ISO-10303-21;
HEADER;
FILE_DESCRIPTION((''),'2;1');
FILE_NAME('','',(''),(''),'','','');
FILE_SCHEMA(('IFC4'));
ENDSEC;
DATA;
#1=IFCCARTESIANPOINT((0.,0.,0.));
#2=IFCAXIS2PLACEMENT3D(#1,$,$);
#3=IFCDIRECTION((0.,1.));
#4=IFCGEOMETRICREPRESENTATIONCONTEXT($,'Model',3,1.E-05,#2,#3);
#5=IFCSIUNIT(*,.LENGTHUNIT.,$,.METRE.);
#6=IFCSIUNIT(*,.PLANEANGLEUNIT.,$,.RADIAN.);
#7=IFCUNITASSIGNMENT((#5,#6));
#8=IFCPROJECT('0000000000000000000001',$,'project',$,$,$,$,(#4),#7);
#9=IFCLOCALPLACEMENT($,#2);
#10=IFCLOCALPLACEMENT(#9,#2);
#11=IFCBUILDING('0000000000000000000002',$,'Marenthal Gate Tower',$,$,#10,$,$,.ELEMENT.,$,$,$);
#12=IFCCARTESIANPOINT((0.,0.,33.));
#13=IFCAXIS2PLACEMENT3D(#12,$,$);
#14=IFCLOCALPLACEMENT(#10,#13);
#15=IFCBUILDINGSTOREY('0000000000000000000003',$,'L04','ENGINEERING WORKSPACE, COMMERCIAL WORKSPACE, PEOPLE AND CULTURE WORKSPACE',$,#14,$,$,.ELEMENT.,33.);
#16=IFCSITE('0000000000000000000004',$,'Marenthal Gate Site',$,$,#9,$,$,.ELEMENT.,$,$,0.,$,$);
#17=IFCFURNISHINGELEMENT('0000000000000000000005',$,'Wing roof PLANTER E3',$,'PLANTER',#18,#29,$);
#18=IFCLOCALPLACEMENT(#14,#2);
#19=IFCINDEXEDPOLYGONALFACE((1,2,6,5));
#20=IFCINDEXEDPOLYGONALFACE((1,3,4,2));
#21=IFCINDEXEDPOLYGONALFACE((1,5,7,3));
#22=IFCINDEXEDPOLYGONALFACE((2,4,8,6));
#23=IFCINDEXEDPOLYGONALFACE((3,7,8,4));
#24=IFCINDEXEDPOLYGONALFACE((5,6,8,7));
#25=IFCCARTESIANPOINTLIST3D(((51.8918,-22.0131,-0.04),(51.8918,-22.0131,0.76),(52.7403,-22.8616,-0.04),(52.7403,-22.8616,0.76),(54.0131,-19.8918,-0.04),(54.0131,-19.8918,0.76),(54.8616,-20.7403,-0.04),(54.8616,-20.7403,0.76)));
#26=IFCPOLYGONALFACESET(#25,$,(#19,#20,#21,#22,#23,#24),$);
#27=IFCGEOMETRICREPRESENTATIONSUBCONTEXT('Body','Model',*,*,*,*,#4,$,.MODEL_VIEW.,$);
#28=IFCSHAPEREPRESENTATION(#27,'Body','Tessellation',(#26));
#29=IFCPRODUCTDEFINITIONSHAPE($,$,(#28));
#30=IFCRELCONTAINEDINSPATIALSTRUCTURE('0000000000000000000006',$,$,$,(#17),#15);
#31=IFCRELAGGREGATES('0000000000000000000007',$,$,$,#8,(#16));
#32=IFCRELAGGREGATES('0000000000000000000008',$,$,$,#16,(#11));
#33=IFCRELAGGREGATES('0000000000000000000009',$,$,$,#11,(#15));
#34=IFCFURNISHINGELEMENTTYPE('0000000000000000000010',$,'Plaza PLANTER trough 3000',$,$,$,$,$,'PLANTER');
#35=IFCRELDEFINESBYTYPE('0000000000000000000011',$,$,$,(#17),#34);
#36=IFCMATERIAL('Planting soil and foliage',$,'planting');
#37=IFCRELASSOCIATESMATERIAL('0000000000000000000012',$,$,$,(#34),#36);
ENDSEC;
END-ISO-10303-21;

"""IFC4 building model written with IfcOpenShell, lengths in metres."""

from ifc_helpers import new_model, si_unit, direction, frame, origin, origin_2d, place, context, subcontext, project, spatial, rectangle, extrude, material, type_object, element, save


model = new_model("IFC4")

# Units and contexts
model_context = context("Model", 3, precision=1e-05, world=origin(), true_north=direction((0.0, 1.0)))
body_context = subcontext(model_context, "Body", "Model", "MODEL_VIEW")
ifc_project = project(units=[si_unit("LENGTHUNIT", "METRE"), si_unit("PLANEANGLEUNIT", "RADIAN")], contexts=[model_context])

# Site, building, storey
site_placement = place(None, origin())
site = spatial("IfcSite", under=ifc_project, at=site_placement, Name="Marenthal Gate Site", CompositionType="ELEMENT", RefElevation=0.0)
building_placement = place(site_placement, origin())
building = spatial("IfcBuilding", under=site, at=building_placement, Name="Marenthal Gate Tower", CompositionType="ELEMENT")
storey_placement = place(building_placement, frame((0.0, 0.0, 33.0)))
storey = spatial("IfcBuildingStorey", under=building, at=storey_placement, Name="L04", Description="ENGINEERING WORKSPACE, COMMERCIAL WORKSPACE, PEOPLE AND CULTURE WORKSPACE", CompositionType="ELEMENT", Elevation=33.0)

# Furnishing element
ifc_material_1 = material(Name="Planting soil and foliage", Category="planting")
furnishing_element_type = type_object("IfcFurnishingElementType", Name="Plaza PLANTER trough 3000", ElementType="PLANTER", material=ifc_material_1)
furnishing_placement = place(storey_placement, frame((53.3767, -21.3767, -0.04), z_axis=(0.0, 0.0, 1.0), x_axis=(-0.707107, -0.707107, 0.0)))
element("IfcFurnishingElement", 1, at=furnishing_placement, inside=storey, type_object=furnishing_element_type, Name="Wing roof PLANTER E3", ObjectType="PLANTER", context=body_context, shape_type="SweptSolid", body=[
    extrude(rectangle(XDim=3.0, YDim=1.2, at=origin_2d()), origin(), (0.0, 0.0, 1.0), 0.8),
])

save(model, "model.ifc")
